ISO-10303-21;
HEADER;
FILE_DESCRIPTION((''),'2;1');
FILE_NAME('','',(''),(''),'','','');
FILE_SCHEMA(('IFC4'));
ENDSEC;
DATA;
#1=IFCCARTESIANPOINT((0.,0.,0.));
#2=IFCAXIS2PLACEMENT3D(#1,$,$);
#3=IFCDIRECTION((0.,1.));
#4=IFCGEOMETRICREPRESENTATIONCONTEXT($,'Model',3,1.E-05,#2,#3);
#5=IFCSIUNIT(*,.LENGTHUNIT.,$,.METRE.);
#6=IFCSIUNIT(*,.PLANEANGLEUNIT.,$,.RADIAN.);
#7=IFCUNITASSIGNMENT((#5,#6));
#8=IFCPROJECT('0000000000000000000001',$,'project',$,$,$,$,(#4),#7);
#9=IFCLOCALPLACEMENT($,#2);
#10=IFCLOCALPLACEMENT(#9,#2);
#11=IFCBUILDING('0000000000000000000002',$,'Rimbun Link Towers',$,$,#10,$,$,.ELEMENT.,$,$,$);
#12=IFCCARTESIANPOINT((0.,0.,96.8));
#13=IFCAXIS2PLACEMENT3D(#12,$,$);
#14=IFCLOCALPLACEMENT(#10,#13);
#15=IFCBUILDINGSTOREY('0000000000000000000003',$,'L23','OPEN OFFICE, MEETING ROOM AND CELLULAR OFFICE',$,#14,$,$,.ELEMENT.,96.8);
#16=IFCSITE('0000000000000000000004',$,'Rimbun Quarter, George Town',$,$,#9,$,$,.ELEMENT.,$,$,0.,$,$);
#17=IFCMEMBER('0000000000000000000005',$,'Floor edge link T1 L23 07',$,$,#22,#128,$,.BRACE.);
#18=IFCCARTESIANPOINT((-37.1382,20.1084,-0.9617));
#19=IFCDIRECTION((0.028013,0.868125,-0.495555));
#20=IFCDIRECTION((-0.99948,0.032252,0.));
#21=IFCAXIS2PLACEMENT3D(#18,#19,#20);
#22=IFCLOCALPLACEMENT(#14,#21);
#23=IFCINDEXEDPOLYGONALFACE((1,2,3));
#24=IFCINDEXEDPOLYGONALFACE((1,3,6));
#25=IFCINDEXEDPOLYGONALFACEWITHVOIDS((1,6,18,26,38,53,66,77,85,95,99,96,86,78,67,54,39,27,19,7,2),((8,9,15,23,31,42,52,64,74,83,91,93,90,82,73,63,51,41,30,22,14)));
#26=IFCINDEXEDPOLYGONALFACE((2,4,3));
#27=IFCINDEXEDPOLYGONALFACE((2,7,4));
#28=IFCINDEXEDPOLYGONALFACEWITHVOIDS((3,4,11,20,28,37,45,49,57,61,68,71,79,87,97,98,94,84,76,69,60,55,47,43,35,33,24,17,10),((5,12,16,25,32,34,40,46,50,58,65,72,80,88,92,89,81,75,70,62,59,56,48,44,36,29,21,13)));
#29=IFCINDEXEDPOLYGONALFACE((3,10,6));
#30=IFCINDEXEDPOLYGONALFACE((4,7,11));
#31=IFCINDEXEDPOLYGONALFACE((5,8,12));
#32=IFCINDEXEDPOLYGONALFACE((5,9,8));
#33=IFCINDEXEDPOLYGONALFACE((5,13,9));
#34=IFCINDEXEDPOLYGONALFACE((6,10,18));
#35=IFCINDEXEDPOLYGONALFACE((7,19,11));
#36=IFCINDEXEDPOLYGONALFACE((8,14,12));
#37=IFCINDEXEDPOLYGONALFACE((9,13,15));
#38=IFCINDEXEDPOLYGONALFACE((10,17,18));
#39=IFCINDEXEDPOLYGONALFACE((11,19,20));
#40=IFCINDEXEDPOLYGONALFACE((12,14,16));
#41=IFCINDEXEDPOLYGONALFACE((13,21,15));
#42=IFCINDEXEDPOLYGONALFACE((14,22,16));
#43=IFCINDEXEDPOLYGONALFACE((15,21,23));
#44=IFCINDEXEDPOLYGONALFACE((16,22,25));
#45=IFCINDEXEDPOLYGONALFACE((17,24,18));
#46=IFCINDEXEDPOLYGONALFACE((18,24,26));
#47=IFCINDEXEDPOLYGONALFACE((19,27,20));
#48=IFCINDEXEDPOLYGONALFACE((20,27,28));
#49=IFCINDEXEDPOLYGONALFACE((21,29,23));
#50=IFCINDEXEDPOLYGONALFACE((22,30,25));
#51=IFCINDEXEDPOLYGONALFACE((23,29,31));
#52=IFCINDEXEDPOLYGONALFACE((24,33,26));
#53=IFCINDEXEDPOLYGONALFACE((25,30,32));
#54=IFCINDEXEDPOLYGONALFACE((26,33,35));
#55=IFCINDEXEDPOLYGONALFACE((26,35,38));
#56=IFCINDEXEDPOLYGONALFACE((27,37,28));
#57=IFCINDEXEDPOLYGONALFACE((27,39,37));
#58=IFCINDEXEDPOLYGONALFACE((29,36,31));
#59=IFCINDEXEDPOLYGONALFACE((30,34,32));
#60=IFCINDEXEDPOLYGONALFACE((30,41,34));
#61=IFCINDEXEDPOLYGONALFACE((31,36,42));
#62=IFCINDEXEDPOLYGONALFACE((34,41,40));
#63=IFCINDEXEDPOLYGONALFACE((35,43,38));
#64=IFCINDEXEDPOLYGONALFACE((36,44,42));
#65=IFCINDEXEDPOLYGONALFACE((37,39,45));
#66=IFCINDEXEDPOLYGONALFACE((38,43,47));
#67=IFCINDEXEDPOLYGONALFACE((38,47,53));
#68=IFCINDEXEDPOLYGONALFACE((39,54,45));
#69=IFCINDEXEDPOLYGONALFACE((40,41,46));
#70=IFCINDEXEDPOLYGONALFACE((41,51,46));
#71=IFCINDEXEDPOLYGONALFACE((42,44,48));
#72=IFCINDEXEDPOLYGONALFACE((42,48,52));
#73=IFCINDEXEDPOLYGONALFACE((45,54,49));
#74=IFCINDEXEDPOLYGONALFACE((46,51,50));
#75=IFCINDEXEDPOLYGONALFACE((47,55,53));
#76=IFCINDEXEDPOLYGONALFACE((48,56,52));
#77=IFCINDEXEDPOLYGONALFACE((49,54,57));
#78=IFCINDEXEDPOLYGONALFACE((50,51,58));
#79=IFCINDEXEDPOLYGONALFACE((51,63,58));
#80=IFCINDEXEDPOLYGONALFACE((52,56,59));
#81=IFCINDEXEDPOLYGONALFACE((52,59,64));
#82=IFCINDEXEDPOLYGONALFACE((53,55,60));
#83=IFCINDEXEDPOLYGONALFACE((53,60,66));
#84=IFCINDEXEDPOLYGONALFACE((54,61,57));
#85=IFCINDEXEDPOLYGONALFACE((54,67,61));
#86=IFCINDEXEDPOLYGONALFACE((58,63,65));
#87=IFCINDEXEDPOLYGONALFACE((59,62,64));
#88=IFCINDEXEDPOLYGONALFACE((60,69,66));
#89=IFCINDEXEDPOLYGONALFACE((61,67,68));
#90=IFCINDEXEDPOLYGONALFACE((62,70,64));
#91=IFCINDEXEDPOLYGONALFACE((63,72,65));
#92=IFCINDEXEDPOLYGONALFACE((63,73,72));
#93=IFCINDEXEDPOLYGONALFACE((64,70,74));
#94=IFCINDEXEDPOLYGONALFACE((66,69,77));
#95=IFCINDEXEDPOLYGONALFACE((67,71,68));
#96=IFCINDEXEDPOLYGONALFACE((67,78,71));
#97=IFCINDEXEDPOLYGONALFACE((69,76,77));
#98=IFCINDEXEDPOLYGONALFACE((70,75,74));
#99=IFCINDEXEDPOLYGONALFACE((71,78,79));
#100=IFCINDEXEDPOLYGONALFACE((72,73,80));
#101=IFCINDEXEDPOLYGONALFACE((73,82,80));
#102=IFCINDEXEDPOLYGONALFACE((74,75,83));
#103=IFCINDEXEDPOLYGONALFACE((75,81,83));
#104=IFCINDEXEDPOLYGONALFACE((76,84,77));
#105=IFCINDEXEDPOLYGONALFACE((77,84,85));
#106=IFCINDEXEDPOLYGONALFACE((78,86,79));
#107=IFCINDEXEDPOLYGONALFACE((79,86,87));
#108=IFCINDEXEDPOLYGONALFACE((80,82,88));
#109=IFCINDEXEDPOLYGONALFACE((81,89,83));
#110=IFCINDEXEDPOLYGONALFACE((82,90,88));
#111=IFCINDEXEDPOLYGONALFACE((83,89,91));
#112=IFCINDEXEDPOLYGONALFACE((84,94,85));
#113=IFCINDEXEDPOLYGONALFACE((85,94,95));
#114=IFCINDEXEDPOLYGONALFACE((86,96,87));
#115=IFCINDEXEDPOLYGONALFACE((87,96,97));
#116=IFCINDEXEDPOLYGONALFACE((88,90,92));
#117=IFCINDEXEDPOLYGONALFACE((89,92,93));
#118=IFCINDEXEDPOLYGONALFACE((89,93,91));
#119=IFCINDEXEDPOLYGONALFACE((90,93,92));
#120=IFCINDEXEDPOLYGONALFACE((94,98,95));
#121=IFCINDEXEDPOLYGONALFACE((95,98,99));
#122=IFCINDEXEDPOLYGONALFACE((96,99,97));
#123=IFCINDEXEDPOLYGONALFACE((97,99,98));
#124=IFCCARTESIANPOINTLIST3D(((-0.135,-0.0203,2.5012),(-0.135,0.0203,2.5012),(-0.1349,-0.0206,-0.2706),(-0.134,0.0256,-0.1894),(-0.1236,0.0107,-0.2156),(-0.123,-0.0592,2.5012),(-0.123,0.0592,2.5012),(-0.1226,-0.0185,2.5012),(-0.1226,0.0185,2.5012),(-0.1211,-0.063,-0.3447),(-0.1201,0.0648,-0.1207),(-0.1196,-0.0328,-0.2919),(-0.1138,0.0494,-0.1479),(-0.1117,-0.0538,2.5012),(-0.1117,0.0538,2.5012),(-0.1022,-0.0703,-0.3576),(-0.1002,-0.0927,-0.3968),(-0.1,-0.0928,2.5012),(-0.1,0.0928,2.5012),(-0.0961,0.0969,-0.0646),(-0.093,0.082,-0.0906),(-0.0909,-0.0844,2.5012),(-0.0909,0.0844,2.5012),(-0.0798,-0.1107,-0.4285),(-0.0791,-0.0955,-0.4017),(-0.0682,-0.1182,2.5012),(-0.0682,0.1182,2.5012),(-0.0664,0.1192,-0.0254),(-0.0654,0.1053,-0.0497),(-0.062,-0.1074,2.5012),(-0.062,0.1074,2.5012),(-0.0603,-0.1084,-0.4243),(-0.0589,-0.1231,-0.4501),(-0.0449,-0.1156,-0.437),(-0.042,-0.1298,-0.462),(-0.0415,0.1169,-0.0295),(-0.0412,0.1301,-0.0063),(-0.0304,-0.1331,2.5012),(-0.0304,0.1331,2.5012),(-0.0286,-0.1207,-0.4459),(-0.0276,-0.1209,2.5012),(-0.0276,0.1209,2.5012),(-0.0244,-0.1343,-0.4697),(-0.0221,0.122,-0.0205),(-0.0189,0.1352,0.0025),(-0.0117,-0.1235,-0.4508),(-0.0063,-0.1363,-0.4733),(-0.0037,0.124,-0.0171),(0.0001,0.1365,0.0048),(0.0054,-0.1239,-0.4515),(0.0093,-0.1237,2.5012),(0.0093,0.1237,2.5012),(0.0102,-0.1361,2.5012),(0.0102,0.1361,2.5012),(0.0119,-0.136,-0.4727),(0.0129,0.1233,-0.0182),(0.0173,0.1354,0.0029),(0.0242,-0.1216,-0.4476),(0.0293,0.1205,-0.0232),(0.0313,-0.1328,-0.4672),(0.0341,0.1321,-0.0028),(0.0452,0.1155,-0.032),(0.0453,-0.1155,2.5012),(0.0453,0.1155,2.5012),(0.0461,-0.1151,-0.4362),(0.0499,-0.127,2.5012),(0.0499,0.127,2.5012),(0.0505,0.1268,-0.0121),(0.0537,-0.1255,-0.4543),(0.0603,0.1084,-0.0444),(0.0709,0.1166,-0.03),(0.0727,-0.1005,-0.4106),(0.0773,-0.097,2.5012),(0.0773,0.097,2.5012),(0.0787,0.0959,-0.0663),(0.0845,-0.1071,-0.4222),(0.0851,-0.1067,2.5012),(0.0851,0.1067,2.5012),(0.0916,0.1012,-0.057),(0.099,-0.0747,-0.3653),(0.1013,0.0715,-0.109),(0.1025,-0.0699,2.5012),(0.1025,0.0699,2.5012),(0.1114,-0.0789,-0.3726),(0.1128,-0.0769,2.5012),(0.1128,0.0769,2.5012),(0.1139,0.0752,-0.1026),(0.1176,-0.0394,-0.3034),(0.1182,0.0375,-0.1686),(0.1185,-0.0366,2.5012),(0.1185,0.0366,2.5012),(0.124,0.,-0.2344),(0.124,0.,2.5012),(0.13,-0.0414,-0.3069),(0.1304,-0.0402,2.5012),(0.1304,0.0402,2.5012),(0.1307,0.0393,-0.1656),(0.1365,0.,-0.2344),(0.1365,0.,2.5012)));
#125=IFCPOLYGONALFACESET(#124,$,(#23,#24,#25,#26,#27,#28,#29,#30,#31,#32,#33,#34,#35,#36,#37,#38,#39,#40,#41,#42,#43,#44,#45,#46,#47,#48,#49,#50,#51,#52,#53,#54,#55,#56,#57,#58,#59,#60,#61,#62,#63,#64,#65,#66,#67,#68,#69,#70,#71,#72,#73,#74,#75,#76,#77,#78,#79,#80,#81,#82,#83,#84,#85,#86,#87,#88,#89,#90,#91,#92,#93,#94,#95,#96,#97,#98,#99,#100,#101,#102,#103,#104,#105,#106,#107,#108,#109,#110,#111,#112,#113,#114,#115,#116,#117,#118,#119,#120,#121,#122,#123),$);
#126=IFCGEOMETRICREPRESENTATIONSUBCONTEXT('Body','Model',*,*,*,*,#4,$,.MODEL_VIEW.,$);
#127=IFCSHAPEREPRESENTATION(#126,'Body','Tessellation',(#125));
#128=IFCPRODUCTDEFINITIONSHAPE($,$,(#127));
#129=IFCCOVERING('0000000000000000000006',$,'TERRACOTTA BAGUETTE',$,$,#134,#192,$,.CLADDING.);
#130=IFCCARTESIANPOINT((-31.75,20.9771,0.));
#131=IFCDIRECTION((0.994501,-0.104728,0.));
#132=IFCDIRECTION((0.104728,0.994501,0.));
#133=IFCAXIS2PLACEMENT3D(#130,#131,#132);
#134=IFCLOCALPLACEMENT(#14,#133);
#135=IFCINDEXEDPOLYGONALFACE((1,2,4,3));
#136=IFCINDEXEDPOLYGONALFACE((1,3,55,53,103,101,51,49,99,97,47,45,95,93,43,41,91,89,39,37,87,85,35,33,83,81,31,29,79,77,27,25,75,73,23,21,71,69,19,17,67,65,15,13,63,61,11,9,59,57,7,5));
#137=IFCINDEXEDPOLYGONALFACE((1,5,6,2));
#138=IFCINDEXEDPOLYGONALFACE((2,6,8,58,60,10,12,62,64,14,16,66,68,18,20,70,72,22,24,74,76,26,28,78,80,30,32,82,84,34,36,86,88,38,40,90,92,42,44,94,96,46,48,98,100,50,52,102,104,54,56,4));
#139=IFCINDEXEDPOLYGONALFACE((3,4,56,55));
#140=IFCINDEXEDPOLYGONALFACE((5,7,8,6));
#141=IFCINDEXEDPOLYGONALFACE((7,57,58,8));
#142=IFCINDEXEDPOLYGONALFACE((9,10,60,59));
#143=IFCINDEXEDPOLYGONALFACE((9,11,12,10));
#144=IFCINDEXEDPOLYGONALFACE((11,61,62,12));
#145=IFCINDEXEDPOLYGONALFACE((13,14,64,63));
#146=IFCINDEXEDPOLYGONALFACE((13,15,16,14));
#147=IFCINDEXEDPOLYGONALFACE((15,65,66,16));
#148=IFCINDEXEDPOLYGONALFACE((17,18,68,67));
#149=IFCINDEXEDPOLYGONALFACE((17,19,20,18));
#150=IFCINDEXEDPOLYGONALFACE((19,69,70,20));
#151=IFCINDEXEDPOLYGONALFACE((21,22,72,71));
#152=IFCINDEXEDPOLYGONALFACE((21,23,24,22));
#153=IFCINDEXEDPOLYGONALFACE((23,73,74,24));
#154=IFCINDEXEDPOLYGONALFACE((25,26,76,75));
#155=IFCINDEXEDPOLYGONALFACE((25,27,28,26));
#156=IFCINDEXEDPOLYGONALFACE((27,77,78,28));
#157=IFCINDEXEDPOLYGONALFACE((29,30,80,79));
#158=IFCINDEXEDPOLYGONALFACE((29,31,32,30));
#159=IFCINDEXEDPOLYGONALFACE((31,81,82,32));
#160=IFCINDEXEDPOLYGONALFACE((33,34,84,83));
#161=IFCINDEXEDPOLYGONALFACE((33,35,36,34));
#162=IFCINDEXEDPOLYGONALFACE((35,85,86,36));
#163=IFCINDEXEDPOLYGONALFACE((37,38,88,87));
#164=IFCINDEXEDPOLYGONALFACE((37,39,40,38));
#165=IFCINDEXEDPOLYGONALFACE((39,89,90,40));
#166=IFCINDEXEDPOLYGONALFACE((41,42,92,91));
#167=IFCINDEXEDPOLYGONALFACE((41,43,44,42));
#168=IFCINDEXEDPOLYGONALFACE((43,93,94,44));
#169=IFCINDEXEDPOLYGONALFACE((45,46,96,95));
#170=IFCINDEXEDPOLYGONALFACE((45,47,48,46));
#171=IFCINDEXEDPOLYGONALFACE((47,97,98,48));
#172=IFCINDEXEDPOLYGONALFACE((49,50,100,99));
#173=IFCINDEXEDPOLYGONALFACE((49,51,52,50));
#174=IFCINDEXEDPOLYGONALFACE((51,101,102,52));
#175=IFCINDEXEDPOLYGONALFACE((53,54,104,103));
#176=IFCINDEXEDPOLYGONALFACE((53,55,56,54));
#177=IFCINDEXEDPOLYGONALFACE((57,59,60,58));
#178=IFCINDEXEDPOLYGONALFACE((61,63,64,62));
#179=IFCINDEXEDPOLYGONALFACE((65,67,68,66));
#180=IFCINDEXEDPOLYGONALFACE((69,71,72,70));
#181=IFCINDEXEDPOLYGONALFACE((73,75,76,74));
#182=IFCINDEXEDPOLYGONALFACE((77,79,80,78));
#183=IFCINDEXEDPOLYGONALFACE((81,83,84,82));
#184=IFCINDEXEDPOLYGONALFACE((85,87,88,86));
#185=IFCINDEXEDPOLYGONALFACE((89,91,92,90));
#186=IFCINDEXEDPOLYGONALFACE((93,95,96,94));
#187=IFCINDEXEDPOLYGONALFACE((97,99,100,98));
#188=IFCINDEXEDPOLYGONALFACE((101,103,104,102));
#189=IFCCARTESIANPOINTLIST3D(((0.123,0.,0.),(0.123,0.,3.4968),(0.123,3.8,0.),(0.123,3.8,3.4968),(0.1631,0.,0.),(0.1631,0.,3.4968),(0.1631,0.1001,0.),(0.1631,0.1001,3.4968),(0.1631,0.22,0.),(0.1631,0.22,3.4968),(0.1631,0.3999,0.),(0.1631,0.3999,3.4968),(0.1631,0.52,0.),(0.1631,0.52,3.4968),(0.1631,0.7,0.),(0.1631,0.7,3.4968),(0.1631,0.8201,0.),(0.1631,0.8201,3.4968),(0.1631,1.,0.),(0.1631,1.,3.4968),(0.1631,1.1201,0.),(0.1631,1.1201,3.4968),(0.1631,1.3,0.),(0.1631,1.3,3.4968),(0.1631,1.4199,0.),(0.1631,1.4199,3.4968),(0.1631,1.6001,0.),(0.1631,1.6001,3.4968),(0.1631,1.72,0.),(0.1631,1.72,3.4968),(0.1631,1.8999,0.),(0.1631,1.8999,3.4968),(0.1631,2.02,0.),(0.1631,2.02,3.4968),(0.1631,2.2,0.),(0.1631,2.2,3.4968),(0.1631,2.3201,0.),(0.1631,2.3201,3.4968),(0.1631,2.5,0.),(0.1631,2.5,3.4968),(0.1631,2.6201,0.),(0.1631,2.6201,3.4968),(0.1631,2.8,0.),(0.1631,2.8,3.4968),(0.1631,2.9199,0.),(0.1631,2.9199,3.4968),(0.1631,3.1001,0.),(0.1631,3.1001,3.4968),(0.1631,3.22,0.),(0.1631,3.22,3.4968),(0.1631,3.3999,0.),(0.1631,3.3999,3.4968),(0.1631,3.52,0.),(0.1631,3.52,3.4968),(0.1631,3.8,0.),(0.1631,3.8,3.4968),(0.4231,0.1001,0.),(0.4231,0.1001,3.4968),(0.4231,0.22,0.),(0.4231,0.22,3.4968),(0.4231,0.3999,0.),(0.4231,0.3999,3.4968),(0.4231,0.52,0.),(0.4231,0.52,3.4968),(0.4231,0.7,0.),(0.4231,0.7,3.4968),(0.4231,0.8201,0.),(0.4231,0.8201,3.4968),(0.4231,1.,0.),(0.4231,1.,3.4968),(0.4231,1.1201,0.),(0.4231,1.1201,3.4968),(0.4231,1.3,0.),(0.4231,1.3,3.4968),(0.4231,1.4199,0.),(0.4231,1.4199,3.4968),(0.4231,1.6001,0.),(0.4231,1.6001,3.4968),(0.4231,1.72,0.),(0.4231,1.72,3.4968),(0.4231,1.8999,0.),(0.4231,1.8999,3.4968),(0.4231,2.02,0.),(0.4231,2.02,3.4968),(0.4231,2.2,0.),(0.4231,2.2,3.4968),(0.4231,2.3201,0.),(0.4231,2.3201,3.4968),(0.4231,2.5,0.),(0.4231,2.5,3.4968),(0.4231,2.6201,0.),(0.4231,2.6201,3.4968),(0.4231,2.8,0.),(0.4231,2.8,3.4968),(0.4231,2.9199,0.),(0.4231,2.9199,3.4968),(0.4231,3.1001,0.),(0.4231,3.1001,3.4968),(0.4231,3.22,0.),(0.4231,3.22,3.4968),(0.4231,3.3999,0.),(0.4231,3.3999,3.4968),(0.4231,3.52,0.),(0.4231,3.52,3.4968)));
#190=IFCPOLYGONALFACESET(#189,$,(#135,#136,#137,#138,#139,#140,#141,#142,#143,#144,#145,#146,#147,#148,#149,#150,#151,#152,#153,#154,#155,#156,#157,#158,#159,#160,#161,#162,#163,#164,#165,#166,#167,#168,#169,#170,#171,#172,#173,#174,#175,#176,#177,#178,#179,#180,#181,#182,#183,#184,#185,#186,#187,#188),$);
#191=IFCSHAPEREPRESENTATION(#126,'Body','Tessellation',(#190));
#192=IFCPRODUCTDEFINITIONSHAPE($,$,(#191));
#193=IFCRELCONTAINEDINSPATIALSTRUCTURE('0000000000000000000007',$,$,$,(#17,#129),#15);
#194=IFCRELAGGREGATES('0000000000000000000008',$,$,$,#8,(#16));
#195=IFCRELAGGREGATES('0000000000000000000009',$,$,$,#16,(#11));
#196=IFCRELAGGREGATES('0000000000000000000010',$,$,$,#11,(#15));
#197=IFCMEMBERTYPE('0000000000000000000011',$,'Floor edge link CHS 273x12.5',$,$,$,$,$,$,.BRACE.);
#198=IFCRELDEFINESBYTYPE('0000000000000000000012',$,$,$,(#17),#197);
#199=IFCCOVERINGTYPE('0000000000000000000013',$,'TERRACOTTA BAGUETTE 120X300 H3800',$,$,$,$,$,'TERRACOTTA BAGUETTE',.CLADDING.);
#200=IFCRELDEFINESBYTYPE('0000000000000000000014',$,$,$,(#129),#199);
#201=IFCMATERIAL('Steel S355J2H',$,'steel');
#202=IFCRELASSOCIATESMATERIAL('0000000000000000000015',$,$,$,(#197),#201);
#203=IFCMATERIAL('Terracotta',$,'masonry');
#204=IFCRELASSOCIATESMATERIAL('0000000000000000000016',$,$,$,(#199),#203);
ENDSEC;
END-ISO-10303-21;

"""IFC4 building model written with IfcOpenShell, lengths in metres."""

from ifc_helpers import new_model, si_unit, direction, frame, origin, origin_2d, place, context, subcontext, project, spatial, polyline, hollow_circle, outline, extrude, clip, halfspace, material, material_profile, profile_set, type_object, element, save


model = new_model("IFC4")

# Units and contexts
model_context = context("Model", 3, precision=1e-05, world=origin(), true_north=direction((0.0, 1.0)))
body_context = subcontext(model_context, "Body", "Model", "MODEL_VIEW")
ifc_project = project(units=[si_unit("LENGTHUNIT", "METRE"), si_unit("PLANEANGLEUNIT", "RADIAN")], contexts=[model_context])

# Site, building, storey
site_placement = place(None, origin())
site = spatial("IfcSite", under=ifc_project, at=site_placement, Name="Rimbun Quarter, George Town", CompositionType="ELEMENT", RefElevation=0.0)
building_placement = place(site_placement, origin())
building = spatial("IfcBuilding", under=site, at=building_placement, Name="Rimbun Link Towers", CompositionType="ELEMENT")
storey_placement = place(building_placement, frame((0.0, 0.0, 96.8)))
storey = spatial("IfcBuildingStorey", under=building, at=storey_placement, Name="L23", Description="OPEN OFFICE, MEETING ROOM AND CELLULAR OFFICE", CompositionType="ELEMENT", Elevation=96.8)

# Member
ifc_material_1 = material(Name="Steel S355J2H", Category="steel")
ifc_material_profile_1 = material_profile(ifc_material_1, hollow_circle(Radius=0.1365, WallThickness=0.0125, at=origin_2d()), Name="CHS 273x12.5")
ifc_profile_set_1 = profile_set([ifc_material_profile_1], Name="Steel S355J2H")
member_type_1 = type_object("IfcMemberType", Name="Floor edge link CHS 273x12.5", PredefinedType="BRACE", material=ifc_profile_set_1)
member_1_placement = place(storey_placement, frame((-37.1382, 20.1084, -0.9617), z_axis=(0.028013, 0.868125, -0.495555), x_axis=(-0.99948, 0.032252, 0.0)))
element("IfcMember", 1, at=member_1_placement, inside=storey, type_object=member_type_1, Name="Floor edge link T1 L23 07", PredefinedType="BRACE", context=body_context, shape_type="Clipping", body=[
    clip(extrude(hollow_circle(Radius=0.1365, WallThickness=0.0125, at=origin_2d()), frame((0.0, 0.0, -0.4988)), (0.0, 0.0, 1.0), 3.0), halfspace(frame((0.0, 0.0, -0.2344), z_axis=(0.0, 0.868576, -0.495555)), False)),
])

# Covering
ifc_material_2 = material(Name="Terracotta", Category="masonry")
ifc_material_profile_2 = material_profile(ifc_material_2, outline(polyline([(0.123, 0.0), (0.1631, 0.0), (0.1631, 0.1001), (0.4231, 0.1001), (0.4231, 0.22), (0.1631, 0.22), (0.1631, 0.3999), (0.4231, 0.3999), (0.4231, 0.52), (0.1631, 0.52), (0.1631, 0.7), (0.4231, 0.7), (0.4231, 0.8201), (0.1631, 0.8201), (0.1631, 1.0), (0.4231, 1.0), (0.4231, 1.1201), (0.1631, 1.1201), (0.1631, 1.3), (0.4231, 1.3), (0.4231, 1.4199), (0.1631, 1.4199), (0.1631, 1.6001), (0.4231, 1.6001), (0.4231, 1.72), (0.1631, 1.72), (0.1631, 1.8999), (0.4231, 1.8999), (0.4231, 2.02), (0.1631, 2.02), (0.1631, 2.2), (0.4231, 2.2), (0.4231, 2.3201), (0.1631, 2.3201), (0.1631, 2.5), (0.4231, 2.5), (0.4231, 2.6201), (0.1631, 2.6201), (0.1631, 2.8), (0.4231, 2.8), (0.4231, 2.9199), (0.1631, 2.9199), (0.1631, 3.1001), (0.4231, 3.1001), (0.4231, 3.22), (0.1631, 3.22), (0.1631, 3.3999), (0.4231, 3.3999), (0.4231, 3.52), (0.1631, 3.52), (0.1631, 3.8), (0.123, 3.8), (0.123, 0.0)])), Name="BAGUETTE 120X300")
ifc_profile_set_2 = profile_set([ifc_material_profile_2], Name="Terracotta")
covering_type = type_object("IfcCoveringType", Name="TERRACOTTA BAGUETTE 120X300 H3800", ElementType="TERRACOTTA BAGUETTE", PredefinedType="CLADDING", material=ifc_profile_set_2)
for number, where, z_axis, x_axis, name in (
    (2, (-31.75, 20.9771, 0.0), (0.994501, -0.104728, 0.0), (0.104728, 0.994501, 0.0), "TERRACOTTA BAGUETTE"),
):
    element("IfcCovering", number, at=place(storey_placement, frame(where, z_axis=z_axis, x_axis=x_axis)), inside=storey, type_object=covering_type, Name=name, PredefinedType="CLADDING", context=body_context, shape_type="SweptSolid", body=[
        extrude(outline(polyline([(0.123, 0.0), (0.1631, 0.0), (0.1631, 0.1001), (0.4231, 0.1001), (0.4231, 0.22), (0.1631, 0.22), (0.1631, 0.3999), (0.4231, 0.3999), (0.4231, 0.52), (0.1631, 0.52), (0.1631, 0.7), (0.4231, 0.7), (0.4231, 0.8201), (0.1631, 0.8201), (0.1631, 1.0), (0.4231, 1.0), (0.4231, 1.1201), (0.1631, 1.1201), (0.1631, 1.3), (0.4231, 1.3), (0.4231, 1.4199), (0.1631, 1.4199), (0.1631, 1.6001), (0.4231, 1.6001), (0.4231, 1.72), (0.1631, 1.72), (0.1631, 1.8999), (0.4231, 1.8999), (0.4231, 2.02), (0.1631, 2.02), (0.1631, 2.2), (0.4231, 2.2), (0.4231, 2.3201), (0.1631, 2.3201), (0.1631, 2.5), (0.4231, 2.5), (0.4231, 2.6201), (0.1631, 2.6201), (0.1631, 2.8), (0.4231, 2.8), (0.4231, 2.9199), (0.1631, 2.9199), (0.1631, 3.1001), (0.4231, 3.1001), (0.4231, 3.22), (0.1631, 3.22), (0.1631, 3.3999), (0.4231, 3.3999), (0.4231, 3.52), (0.1631, 3.52), (0.1631, 3.8), (0.123, 3.8), (0.123, 0.0)])), origin(), (0.0, 0.0, 1.0), 3.4968),
    ])

save(model, "model.ifc")
